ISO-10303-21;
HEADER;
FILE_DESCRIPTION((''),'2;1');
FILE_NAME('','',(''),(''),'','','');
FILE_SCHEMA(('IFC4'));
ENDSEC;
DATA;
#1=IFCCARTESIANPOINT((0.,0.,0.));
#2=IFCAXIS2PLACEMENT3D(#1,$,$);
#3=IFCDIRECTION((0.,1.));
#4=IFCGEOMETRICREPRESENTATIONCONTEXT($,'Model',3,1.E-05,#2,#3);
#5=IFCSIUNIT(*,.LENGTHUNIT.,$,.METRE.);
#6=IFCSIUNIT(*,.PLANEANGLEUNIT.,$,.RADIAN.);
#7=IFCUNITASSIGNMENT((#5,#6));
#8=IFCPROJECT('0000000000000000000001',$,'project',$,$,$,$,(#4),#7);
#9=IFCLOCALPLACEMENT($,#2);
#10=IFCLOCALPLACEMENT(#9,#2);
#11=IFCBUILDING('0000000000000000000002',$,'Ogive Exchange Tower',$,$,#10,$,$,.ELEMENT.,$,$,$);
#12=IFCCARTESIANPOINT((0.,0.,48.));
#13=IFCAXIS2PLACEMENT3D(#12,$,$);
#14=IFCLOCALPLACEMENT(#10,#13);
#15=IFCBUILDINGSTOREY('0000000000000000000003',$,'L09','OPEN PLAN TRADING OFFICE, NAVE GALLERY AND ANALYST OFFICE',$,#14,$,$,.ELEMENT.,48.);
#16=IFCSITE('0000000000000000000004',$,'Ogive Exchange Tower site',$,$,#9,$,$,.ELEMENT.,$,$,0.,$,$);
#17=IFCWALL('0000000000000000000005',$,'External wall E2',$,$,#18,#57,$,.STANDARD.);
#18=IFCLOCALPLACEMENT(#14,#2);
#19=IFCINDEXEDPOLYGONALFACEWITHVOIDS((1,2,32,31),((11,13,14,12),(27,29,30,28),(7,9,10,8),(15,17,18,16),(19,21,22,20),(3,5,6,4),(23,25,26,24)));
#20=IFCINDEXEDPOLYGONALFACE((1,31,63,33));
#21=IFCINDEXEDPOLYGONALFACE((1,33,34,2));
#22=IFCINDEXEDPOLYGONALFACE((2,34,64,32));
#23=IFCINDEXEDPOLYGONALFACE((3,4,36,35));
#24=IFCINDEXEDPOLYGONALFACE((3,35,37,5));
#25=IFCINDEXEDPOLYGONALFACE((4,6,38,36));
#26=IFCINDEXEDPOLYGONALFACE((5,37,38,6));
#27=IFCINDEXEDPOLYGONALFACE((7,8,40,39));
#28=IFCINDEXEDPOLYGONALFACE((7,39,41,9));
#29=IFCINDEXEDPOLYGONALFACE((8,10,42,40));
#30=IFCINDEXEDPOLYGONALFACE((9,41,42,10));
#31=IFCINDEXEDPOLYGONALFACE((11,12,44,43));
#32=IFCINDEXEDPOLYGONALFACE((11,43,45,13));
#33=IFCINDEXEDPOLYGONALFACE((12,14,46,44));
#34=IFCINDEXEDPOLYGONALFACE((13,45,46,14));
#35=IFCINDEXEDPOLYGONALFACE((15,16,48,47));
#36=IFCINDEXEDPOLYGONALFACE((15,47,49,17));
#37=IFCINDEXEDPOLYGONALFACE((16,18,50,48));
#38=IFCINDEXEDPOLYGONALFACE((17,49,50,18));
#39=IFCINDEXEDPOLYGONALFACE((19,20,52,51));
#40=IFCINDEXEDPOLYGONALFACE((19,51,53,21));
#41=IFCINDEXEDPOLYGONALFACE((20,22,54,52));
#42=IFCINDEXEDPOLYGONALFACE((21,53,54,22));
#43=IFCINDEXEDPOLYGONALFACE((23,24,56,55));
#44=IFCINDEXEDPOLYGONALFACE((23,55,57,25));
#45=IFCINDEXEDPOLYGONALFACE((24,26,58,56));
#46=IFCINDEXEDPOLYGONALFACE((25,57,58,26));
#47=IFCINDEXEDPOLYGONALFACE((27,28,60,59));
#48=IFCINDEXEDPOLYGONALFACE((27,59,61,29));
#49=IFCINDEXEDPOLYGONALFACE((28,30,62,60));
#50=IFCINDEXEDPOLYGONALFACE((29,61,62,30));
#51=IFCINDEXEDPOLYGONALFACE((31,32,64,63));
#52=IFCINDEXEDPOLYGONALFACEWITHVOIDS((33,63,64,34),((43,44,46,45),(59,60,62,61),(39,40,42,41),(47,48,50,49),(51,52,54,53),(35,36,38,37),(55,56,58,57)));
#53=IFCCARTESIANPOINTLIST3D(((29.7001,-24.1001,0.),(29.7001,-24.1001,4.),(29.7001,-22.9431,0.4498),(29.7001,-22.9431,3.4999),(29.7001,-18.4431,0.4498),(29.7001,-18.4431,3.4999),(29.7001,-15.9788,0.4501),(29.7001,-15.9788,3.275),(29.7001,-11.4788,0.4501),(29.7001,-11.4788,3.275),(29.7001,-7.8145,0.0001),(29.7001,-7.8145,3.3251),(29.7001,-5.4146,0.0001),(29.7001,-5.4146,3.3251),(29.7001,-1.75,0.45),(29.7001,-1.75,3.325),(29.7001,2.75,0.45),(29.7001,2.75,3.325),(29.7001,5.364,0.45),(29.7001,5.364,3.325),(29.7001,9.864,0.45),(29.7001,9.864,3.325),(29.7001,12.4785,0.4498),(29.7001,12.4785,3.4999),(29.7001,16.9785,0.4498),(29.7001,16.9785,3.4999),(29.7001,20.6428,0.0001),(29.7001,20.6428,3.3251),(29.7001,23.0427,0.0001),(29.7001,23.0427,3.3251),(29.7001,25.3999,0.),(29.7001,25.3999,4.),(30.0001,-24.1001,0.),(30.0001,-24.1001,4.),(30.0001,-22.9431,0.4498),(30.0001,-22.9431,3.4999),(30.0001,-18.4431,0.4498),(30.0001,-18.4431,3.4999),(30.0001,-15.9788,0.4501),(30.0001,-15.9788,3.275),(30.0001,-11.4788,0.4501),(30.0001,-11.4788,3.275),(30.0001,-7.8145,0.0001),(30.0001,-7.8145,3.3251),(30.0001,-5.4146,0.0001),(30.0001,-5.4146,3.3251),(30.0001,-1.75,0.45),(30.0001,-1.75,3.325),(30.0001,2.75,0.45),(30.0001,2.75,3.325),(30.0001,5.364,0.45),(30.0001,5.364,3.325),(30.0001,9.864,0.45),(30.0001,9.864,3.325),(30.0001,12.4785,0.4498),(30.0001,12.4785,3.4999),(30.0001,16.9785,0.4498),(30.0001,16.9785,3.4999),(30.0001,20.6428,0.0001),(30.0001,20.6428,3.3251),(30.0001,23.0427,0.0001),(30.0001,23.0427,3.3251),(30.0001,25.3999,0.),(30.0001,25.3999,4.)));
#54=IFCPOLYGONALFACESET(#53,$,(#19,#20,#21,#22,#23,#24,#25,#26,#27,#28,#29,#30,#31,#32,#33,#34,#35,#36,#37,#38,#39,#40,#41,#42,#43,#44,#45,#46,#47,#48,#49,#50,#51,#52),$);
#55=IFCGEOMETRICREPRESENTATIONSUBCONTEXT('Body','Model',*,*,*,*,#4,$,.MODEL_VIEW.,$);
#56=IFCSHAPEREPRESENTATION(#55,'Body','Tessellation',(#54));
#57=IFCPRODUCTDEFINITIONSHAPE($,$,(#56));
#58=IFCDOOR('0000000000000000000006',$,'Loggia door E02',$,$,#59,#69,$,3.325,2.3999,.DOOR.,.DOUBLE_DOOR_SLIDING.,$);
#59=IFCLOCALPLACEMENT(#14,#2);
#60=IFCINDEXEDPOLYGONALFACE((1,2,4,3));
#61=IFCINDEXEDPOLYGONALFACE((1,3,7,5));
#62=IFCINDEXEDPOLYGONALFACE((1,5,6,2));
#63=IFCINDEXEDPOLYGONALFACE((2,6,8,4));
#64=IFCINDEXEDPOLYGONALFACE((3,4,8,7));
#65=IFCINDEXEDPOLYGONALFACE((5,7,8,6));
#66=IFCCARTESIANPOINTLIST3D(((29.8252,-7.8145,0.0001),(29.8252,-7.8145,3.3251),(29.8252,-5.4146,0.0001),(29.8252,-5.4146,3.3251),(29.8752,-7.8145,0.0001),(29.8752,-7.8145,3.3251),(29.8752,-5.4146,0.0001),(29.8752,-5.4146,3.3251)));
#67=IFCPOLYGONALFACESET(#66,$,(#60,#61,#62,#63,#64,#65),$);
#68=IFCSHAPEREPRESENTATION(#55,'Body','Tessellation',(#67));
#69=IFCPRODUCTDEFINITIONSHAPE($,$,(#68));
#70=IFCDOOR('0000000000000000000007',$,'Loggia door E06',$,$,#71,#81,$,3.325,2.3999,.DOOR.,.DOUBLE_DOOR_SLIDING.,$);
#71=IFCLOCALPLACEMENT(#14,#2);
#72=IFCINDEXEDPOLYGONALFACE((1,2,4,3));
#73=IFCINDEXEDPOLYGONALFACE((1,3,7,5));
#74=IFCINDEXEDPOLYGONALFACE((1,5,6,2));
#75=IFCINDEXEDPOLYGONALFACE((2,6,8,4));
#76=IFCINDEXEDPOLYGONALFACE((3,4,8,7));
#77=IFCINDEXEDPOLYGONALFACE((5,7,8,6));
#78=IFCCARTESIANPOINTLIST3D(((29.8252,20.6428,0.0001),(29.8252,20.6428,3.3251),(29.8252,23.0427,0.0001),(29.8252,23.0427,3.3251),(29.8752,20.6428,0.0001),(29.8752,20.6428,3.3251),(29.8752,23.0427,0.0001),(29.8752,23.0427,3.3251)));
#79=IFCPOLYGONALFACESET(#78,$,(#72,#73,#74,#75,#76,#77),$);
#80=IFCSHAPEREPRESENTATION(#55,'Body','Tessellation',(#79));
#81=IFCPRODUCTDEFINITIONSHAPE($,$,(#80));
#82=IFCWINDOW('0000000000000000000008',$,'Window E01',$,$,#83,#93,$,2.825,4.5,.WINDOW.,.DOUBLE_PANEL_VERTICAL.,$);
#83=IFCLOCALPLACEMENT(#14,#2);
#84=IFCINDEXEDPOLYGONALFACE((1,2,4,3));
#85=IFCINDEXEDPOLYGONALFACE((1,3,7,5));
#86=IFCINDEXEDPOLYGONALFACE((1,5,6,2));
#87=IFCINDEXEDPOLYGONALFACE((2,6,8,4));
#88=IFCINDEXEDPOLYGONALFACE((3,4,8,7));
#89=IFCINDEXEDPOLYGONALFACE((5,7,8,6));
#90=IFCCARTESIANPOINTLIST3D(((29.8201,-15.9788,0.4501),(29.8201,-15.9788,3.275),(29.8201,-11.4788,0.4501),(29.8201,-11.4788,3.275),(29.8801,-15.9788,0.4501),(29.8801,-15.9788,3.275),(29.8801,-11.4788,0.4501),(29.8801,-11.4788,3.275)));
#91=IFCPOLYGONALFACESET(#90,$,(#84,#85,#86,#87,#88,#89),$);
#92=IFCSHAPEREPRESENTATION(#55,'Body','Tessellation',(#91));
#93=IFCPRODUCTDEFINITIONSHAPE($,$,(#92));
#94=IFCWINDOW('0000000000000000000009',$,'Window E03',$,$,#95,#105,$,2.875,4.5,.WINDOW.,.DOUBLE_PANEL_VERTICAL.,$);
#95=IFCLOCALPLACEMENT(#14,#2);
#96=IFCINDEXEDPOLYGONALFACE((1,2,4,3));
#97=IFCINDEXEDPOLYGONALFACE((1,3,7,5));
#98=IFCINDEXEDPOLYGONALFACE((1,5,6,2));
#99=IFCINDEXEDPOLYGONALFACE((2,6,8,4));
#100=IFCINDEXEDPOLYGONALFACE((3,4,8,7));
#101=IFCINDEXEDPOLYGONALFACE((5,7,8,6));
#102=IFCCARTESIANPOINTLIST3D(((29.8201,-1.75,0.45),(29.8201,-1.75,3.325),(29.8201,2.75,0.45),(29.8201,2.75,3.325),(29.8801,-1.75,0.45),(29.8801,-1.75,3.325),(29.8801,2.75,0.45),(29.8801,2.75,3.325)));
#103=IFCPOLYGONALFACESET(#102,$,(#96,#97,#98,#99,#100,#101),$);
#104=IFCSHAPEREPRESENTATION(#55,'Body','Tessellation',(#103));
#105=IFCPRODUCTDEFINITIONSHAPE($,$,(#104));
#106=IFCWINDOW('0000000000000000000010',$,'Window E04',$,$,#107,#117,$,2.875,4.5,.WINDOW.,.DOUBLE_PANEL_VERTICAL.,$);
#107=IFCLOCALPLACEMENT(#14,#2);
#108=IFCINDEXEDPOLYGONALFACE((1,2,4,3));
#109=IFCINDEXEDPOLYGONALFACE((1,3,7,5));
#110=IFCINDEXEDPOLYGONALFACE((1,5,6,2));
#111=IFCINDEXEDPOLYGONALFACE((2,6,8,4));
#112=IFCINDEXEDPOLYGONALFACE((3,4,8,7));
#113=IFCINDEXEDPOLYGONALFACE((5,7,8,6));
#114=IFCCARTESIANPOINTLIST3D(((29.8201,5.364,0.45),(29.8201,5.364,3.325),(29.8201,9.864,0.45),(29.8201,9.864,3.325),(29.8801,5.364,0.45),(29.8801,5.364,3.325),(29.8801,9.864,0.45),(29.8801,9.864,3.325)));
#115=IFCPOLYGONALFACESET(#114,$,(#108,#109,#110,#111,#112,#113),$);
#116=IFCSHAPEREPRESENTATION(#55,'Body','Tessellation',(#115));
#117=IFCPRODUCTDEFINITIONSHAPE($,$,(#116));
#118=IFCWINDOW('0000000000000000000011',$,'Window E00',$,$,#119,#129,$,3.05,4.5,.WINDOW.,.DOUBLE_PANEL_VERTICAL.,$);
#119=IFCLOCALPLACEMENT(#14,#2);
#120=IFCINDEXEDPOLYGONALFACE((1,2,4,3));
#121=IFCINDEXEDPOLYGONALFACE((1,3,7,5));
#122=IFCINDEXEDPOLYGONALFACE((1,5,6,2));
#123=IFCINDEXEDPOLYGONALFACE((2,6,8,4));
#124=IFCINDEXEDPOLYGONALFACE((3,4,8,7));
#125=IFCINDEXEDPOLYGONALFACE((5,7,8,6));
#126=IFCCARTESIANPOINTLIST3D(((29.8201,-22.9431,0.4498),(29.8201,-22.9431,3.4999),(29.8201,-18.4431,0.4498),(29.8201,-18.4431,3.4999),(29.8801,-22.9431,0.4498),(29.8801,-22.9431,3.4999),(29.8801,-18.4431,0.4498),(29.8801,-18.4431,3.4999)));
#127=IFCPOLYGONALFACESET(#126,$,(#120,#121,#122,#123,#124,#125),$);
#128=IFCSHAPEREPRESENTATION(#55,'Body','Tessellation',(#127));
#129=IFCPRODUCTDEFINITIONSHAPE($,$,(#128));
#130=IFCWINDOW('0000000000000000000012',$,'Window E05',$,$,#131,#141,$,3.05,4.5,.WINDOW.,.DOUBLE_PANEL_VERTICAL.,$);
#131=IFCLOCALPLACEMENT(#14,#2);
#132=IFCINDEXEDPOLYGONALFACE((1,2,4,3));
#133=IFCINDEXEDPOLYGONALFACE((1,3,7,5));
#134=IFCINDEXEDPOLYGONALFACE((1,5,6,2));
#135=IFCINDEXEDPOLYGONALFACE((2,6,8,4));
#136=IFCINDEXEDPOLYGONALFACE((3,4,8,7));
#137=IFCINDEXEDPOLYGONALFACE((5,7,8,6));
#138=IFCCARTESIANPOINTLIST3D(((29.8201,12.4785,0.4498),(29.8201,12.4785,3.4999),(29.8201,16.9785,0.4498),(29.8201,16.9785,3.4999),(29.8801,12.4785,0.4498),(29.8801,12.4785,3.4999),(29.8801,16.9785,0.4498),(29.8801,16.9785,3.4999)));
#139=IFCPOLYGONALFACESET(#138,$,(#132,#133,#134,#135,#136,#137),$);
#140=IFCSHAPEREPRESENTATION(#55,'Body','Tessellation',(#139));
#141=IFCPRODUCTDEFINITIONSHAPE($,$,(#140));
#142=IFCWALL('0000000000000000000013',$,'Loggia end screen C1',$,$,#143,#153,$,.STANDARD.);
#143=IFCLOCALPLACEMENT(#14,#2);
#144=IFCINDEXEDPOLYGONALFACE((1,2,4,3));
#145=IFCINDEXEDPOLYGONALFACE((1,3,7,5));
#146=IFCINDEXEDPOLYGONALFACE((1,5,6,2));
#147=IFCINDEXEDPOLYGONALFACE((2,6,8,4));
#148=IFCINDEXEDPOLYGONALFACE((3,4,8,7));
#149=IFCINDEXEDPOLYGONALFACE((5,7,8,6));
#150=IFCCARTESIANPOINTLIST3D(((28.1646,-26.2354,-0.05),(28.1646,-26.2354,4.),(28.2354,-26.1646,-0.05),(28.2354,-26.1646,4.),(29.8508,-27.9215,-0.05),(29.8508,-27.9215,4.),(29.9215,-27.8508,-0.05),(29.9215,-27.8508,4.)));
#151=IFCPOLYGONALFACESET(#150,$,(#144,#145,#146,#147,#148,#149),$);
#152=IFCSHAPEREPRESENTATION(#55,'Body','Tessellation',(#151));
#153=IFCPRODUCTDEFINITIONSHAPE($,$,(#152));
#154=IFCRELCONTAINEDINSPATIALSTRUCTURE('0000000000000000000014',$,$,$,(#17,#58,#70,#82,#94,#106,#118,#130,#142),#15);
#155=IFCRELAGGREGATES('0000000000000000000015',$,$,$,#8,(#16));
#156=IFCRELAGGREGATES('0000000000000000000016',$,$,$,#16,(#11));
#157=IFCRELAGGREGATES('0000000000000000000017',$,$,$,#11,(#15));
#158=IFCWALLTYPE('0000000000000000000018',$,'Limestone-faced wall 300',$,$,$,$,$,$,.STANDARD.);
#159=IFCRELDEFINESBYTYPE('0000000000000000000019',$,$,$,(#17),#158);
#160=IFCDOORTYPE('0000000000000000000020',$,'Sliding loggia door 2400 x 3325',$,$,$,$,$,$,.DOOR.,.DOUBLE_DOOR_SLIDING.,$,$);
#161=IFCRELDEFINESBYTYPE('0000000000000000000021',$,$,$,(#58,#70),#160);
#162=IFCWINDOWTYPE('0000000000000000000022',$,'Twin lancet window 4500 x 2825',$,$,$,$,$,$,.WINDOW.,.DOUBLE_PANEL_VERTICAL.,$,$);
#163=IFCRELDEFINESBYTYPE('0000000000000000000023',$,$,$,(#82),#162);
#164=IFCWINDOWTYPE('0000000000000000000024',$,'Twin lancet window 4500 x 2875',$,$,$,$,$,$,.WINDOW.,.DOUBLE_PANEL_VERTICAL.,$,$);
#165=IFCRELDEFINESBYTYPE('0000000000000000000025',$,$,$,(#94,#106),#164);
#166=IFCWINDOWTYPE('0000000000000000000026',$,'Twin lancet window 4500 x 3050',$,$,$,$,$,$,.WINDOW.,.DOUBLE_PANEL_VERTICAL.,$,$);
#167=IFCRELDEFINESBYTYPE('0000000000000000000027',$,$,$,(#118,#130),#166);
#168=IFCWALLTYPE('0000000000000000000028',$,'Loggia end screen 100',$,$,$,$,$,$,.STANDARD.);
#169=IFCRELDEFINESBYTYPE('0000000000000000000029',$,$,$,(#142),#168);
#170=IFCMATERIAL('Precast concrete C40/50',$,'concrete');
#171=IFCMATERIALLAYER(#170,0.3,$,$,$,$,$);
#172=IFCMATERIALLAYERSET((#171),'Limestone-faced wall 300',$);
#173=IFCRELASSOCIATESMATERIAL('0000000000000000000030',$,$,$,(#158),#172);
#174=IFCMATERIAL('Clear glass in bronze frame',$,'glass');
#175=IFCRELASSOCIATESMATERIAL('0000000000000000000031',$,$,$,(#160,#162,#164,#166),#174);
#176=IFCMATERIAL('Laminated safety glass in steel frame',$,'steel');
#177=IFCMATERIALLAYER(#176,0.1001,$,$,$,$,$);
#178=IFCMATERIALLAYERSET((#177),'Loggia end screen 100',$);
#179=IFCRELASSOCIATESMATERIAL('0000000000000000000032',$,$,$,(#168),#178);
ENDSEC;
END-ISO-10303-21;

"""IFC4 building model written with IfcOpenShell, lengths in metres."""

from ifc_helpers import new_model, si_unit, direction, frame, frame_2d, origin, place, context, subcontext, project, spatial, rectangle, extrude, material, layer, layer_set, type_object, element, fill, save


model = new_model("IFC4")

# Units and contexts
model_context = context("Model", 3, precision=1e-05, world=origin(), true_north=direction((0.0, 1.0)))
body_context = subcontext(model_context, "Body", "Model", "MODEL_VIEW")
ifc_project = project(units=[si_unit("LENGTHUNIT", "METRE"), si_unit("PLANEANGLEUNIT", "RADIAN")], contexts=[model_context])

# Site, building, storey
site_placement = place(None, origin())
site = spatial("IfcSite", under=ifc_project, at=site_placement, Name="Ogive Exchange Tower site", CompositionType="ELEMENT", RefElevation=0.0)
building_placement = place(site_placement, origin())
building = spatial("IfcBuilding", under=site, at=building_placement, Name="Ogive Exchange Tower", CompositionType="ELEMENT")
storey_placement = place(building_placement, frame((0.0, 0.0, 48.0)))
storey = spatial("IfcBuildingStorey", under=building, at=storey_placement, Name="L09", Description="OPEN PLAN TRADING OFFICE, NAVE GALLERY AND ANALYST OFFICE", CompositionType="ELEMENT", Elevation=48.0)

# Wall, openings, doors, windows
ifc_material_1 = material(Name="Precast concrete C40/50", Category="concrete")
ifc_layer_1 = layer(ifc_material_1, 0.3)
ifc_layer_set_1 = layer_set([ifc_layer_1], Name="Limestone-faced wall 300")
wall_type_1 = type_object("IfcWallType", Name="Limestone-faced wall 300", PredefinedType="STANDARD", material=ifc_layer_set_1)
wall_1_placement = place(storey_placement, frame((29.8501, -24.1001, 0.0), z_axis=(0.0, 0.0, 1.0), x_axis=(0.0, 1.0, 0.0)))
wall_1 = element("IfcWall", 1, at=wall_1_placement, inside=storey, type_object=wall_type_1, Name="External wall E2", PredefinedType="STANDARD", context=body_context, shape_type="SweptSolid", body=[
    extrude(rectangle(XDim=49.5, YDim=0.3, at=frame_2d((24.75, 0.0))), origin(), (0.0, 0.0, 1.0), 4.0),
])
opening_1_placement = place(wall_1_placement, frame((1.157, 0.0, 0.45)))
opening_1 = element("IfcOpeningElement", 2, at=opening_1_placement, cuts=wall_1, PredefinedType="OPENING", context=body_context, shape_type="SweptSolid", body=[
    extrude(rectangle(XDim=4.5, YDim=3.05, at=frame_2d((2.25, 1.5249))), frame((0.0, 0.1599, 0.0), z_axis=(0.0, -1.0, 0.0), x_axis=(1.0, 0.0, 0.0)), (0.0, 0.0, 1.0), 0.3201),
])
opening_2_placement = place(wall_1_placement, frame((8.1213, 0.0, 0.45)))
opening_2 = element("IfcOpeningElement", 3, at=opening_2_placement, cuts=wall_1, PredefinedType="OPENING", context=body_context, shape_type="SweptSolid", body=[
    extrude(rectangle(XDim=4.5, YDim=2.825, at=frame_2d((2.25, 1.4126))), frame((0.0, 0.1599, 0.0), z_axis=(0.0, -1.0, 0.0), x_axis=(1.0, 0.0, 0.0)), (0.0, 0.0, 1.0), 0.3201),
])
opening_3_placement = place(wall_1_placement, frame((16.2856, 0.0, 0.0)))
opening_3 = element("IfcOpeningElement", 4, at=opening_3_placement, cuts=wall_1, PredefinedType="OPENING", context=body_context, shape_type="SweptSolid", body=[
    extrude(rectangle(XDim=2.3999, YDim=3.325, at=frame_2d((1.2, 1.6626))), frame((0.0, 0.1599, 0.0), z_axis=(0.0, -1.0, 0.0), x_axis=(1.0, 0.0, 0.0)), (0.0, 0.0, 1.0), 0.3201),
])
opening_4_placement = place(wall_1_placement, frame((22.3501, 0.0, 0.45)))
opening_4 = element("IfcOpeningElement", 5, at=opening_4_placement, cuts=wall_1, PredefinedType="OPENING", context=body_context, shape_type="SweptSolid", body=[
    extrude(rectangle(XDim=4.5, YDim=2.875, at=frame_2d((2.25, 1.4375))), frame((0.0, 0.1599, 0.0), z_axis=(0.0, -1.0, 0.0), x_axis=(1.0, 0.0, 0.0)), (0.0, 0.0, 1.0), 0.3201),
])
opening_5_placement = place(wall_1_placement, frame((29.4641, 0.0, 0.45)))
opening_5 = element("IfcOpeningElement", 6, at=opening_5_placement, cuts=wall_1, PredefinedType="OPENING", context=body_context, shape_type="SweptSolid", body=[
    extrude(rectangle(XDim=4.5, YDim=2.875, at=frame_2d((2.25, 1.4375))), frame((0.0, 0.1599, 0.0), z_axis=(0.0, -1.0, 0.0), x_axis=(1.0, 0.0, 0.0)), (0.0, 0.0, 1.0), 0.3201),
])
opening_6_placement = place(wall_1_placement, frame((36.5786, 0.0, 0.45)))
opening_6 = element("IfcOpeningElement", 7, at=opening_6_placement, cuts=wall_1, PredefinedType="OPENING", context=body_context, shape_type="SweptSolid", body=[
    extrude(rectangle(XDim=4.5, YDim=3.05, at=frame_2d((2.25, 1.5249))), frame((0.0, 0.1599, 0.0), z_axis=(0.0, -1.0, 0.0), x_axis=(1.0, 0.0, 0.0)), (0.0, 0.0, 1.0), 0.3201),
])
opening_7_placement = place(wall_1_placement, frame((44.7429, 0.0, 0.0)))
opening_7 = element("IfcOpeningElement", 8, at=opening_7_placement, cuts=wall_1, PredefinedType="OPENING", context=body_context, shape_type="SweptSolid", body=[
    extrude(rectangle(XDim=2.3999, YDim=3.325, at=frame_2d((1.2, 1.6626))), frame((0.0, 0.1599, 0.0), z_axis=(0.0, -1.0, 0.0), x_axis=(1.0, 0.0, 0.0)), (0.0, 0.0, 1.0), 0.3201),
])
ifc_material_2 = material(Name="Clear glass in bronze frame", Category="glass")
door_type_1 = type_object("IfcDoorType", Name="Sliding loggia door 2400 x 3325", OperationType="DOUBLE_DOOR_SLIDING", PredefinedType="DOOR", material=ifc_material_2)
door_1_placement = place(opening_3_placement, origin())
door_1 = element("IfcDoor", 9, at=door_1_placement, inside=storey, type_object=door_type_1, Name="Loggia door E02", OperationType="DOUBLE_DOOR_SLIDING", OverallHeight=3.325, OverallWidth=2.3999, PredefinedType="DOOR", context=body_context, shape_type="SweptSolid", body=[
    extrude(rectangle(XDim=2.3999, YDim=3.325, at=frame_2d((1.2, 1.6626))), frame((0.0, 0.0249, 0.0), z_axis=(0.0, -1.0, 0.0), x_axis=(1.0, 0.0, 0.0)), (0.0, 0.0, 1.0), 0.05),
])
fill(opening_3, door_1)
door_2_placement = place(opening_7_placement, origin())
door_2 = element("IfcDoor", 10, at=door_2_placement, inside=storey, type_object=door_type_1, Name="Loggia door E06", OperationType="DOUBLE_DOOR_SLIDING", OverallHeight=3.325, OverallWidth=2.3999, PredefinedType="DOOR", context=body_context, shape_type="SweptSolid", body=[
    extrude(rectangle(XDim=2.3999, YDim=3.325, at=frame_2d((1.2, 1.6626))), frame((0.0, 0.0249, 0.0), z_axis=(0.0, -1.0, 0.0), x_axis=(1.0, 0.0, 0.0)), (0.0, 0.0, 1.0), 0.05),
])
fill(opening_7, door_2)
window_type_1 = type_object("IfcWindowType", Name="Twin lancet window 4500 x 2825", PartitioningType="DOUBLE_PANEL_VERTICAL", PredefinedType="WINDOW", material=ifc_material_2)
window_1_placement = place(opening_2_placement, origin())
window_1 = element("IfcWindow", 11, at=window_1_placement, inside=storey, type_object=window_type_1, Name="Window E01", OverallHeight=2.825, OverallWidth=4.5, PartitioningType="DOUBLE_PANEL_VERTICAL", PredefinedType="WINDOW", context=body_context, shape_type="SweptSolid", body=[
    extrude(rectangle(XDim=4.5, YDim=2.825, at=frame_2d((2.25, 1.4126))), frame((0.0, 0.03, 0.0), z_axis=(0.0, -1.0, 0.0), x_axis=(1.0, 0.0, 0.0)), (0.0, 0.0, 1.0), 0.0601),
])
fill(opening_2, window_1)
window_type_2 = type_object("IfcWindowType", Name="Twin lancet window 4500 x 2875", PartitioningType="DOUBLE_PANEL_VERTICAL", PredefinedType="WINDOW", material=ifc_material_2)
window_2_placement = place(opening_4_placement, origin())
window_2 = element("IfcWindow", 12, at=window_2_placement, inside=storey, type_object=window_type_2, Name="Window E03", OverallHeight=2.875, OverallWidth=4.5, PartitioningType="DOUBLE_PANEL_VERTICAL", PredefinedType="WINDOW", context=body_context, shape_type="SweptSolid", body=[
    extrude(rectangle(XDim=4.5, YDim=2.875, at=frame_2d((2.25, 1.4375))), frame((0.0, 0.03, 0.0), z_axis=(0.0, -1.0, 0.0), x_axis=(1.0, 0.0, 0.0)), (0.0, 0.0, 1.0), 0.0601),
])
fill(opening_4, window_2)
window_3_placement = place(opening_5_placement, origin())
window_3 = element("IfcWindow", 13, at=window_3_placement, inside=storey, type_object=window_type_2, Name="Window E04", OverallHeight=2.875, OverallWidth=4.5, PartitioningType="DOUBLE_PANEL_VERTICAL", PredefinedType="WINDOW", context=body_context, shape_type="SweptSolid", body=[
    extrude(rectangle(XDim=4.5, YDim=2.875, at=frame_2d((2.25, 1.4375))), frame((0.0, 0.03, 0.0), z_axis=(0.0, -1.0, 0.0), x_axis=(1.0, 0.0, 0.0)), (0.0, 0.0, 1.0), 0.0601),
])
fill(opening_5, window_3)
window_type_3 = type_object("IfcWindowType", Name="Twin lancet window 4500 x 3050", PartitioningType="DOUBLE_PANEL_VERTICAL", PredefinedType="WINDOW", material=ifc_material_2)
window_4_placement = place(opening_1_placement, origin())
window_4 = element("IfcWindow", 14, at=window_4_placement, inside=storey, type_object=window_type_3, Name="Window E00", OverallHeight=3.05, OverallWidth=4.5, PartitioningType="DOUBLE_PANEL_VERTICAL", PredefinedType="WINDOW", context=body_context, shape_type="SweptSolid", body=[
    extrude(rectangle(XDim=4.5, YDim=3.05, at=frame_2d((2.25, 1.5249))), frame((0.0, 0.03, 0.0), z_axis=(0.0, -1.0, 0.0), x_axis=(1.0, 0.0, 0.0)), (0.0, 0.0, 1.0), 0.0601),
])
fill(opening_1, window_4)
window_5_placement = place(opening_6_placement, origin())
window_5 = element("IfcWindow", 15, at=window_5_placement, inside=storey, type_object=window_type_3, Name="Window E05", OverallHeight=3.05, OverallWidth=4.5, PartitioningType="DOUBLE_PANEL_VERTICAL", PredefinedType="WINDOW", context=body_context, shape_type="SweptSolid", body=[
    extrude(rectangle(XDim=4.5, YDim=3.05, at=frame_2d((2.25, 1.5249))), frame((0.0, 0.03, 0.0), z_axis=(0.0, -1.0, 0.0), x_axis=(1.0, 0.0, 0.0)), (0.0, 0.0, 1.0), 0.0601),
])
fill(opening_6, window_5)

# Wall
ifc_material_3 = material(Name="Laminated safety glass in steel frame", Category="steel")
ifc_layer_2 = layer(ifc_material_3, 0.1001)
ifc_layer_set_2 = layer_set([ifc_layer_2], Name="Loggia end screen 100")
wall_type_2 = type_object("IfcWallType", Name="Loggia end screen 100", PredefinedType="STANDARD", material=ifc_layer_set_2)
wall_2_placement = place(storey_placement, frame((28.2, -26.2, -0.05), z_axis=(0.0, 0.0, 1.0), x_axis=(0.707107, -0.707107, 0.0)))
element("IfcWall", 16, at=wall_2_placement, inside=storey, type_object=wall_type_2, Name="Loggia end screen C1", PredefinedType="STANDARD", context=body_context, shape_type="SweptSolid", body=[
    extrude(rectangle(XDim=2.3845, YDim=0.1001, at=frame_2d((1.1924, 0.0))), origin(), (0.0, 0.0, 1.0), 4.05),
])

save(model, "model.ifc")
